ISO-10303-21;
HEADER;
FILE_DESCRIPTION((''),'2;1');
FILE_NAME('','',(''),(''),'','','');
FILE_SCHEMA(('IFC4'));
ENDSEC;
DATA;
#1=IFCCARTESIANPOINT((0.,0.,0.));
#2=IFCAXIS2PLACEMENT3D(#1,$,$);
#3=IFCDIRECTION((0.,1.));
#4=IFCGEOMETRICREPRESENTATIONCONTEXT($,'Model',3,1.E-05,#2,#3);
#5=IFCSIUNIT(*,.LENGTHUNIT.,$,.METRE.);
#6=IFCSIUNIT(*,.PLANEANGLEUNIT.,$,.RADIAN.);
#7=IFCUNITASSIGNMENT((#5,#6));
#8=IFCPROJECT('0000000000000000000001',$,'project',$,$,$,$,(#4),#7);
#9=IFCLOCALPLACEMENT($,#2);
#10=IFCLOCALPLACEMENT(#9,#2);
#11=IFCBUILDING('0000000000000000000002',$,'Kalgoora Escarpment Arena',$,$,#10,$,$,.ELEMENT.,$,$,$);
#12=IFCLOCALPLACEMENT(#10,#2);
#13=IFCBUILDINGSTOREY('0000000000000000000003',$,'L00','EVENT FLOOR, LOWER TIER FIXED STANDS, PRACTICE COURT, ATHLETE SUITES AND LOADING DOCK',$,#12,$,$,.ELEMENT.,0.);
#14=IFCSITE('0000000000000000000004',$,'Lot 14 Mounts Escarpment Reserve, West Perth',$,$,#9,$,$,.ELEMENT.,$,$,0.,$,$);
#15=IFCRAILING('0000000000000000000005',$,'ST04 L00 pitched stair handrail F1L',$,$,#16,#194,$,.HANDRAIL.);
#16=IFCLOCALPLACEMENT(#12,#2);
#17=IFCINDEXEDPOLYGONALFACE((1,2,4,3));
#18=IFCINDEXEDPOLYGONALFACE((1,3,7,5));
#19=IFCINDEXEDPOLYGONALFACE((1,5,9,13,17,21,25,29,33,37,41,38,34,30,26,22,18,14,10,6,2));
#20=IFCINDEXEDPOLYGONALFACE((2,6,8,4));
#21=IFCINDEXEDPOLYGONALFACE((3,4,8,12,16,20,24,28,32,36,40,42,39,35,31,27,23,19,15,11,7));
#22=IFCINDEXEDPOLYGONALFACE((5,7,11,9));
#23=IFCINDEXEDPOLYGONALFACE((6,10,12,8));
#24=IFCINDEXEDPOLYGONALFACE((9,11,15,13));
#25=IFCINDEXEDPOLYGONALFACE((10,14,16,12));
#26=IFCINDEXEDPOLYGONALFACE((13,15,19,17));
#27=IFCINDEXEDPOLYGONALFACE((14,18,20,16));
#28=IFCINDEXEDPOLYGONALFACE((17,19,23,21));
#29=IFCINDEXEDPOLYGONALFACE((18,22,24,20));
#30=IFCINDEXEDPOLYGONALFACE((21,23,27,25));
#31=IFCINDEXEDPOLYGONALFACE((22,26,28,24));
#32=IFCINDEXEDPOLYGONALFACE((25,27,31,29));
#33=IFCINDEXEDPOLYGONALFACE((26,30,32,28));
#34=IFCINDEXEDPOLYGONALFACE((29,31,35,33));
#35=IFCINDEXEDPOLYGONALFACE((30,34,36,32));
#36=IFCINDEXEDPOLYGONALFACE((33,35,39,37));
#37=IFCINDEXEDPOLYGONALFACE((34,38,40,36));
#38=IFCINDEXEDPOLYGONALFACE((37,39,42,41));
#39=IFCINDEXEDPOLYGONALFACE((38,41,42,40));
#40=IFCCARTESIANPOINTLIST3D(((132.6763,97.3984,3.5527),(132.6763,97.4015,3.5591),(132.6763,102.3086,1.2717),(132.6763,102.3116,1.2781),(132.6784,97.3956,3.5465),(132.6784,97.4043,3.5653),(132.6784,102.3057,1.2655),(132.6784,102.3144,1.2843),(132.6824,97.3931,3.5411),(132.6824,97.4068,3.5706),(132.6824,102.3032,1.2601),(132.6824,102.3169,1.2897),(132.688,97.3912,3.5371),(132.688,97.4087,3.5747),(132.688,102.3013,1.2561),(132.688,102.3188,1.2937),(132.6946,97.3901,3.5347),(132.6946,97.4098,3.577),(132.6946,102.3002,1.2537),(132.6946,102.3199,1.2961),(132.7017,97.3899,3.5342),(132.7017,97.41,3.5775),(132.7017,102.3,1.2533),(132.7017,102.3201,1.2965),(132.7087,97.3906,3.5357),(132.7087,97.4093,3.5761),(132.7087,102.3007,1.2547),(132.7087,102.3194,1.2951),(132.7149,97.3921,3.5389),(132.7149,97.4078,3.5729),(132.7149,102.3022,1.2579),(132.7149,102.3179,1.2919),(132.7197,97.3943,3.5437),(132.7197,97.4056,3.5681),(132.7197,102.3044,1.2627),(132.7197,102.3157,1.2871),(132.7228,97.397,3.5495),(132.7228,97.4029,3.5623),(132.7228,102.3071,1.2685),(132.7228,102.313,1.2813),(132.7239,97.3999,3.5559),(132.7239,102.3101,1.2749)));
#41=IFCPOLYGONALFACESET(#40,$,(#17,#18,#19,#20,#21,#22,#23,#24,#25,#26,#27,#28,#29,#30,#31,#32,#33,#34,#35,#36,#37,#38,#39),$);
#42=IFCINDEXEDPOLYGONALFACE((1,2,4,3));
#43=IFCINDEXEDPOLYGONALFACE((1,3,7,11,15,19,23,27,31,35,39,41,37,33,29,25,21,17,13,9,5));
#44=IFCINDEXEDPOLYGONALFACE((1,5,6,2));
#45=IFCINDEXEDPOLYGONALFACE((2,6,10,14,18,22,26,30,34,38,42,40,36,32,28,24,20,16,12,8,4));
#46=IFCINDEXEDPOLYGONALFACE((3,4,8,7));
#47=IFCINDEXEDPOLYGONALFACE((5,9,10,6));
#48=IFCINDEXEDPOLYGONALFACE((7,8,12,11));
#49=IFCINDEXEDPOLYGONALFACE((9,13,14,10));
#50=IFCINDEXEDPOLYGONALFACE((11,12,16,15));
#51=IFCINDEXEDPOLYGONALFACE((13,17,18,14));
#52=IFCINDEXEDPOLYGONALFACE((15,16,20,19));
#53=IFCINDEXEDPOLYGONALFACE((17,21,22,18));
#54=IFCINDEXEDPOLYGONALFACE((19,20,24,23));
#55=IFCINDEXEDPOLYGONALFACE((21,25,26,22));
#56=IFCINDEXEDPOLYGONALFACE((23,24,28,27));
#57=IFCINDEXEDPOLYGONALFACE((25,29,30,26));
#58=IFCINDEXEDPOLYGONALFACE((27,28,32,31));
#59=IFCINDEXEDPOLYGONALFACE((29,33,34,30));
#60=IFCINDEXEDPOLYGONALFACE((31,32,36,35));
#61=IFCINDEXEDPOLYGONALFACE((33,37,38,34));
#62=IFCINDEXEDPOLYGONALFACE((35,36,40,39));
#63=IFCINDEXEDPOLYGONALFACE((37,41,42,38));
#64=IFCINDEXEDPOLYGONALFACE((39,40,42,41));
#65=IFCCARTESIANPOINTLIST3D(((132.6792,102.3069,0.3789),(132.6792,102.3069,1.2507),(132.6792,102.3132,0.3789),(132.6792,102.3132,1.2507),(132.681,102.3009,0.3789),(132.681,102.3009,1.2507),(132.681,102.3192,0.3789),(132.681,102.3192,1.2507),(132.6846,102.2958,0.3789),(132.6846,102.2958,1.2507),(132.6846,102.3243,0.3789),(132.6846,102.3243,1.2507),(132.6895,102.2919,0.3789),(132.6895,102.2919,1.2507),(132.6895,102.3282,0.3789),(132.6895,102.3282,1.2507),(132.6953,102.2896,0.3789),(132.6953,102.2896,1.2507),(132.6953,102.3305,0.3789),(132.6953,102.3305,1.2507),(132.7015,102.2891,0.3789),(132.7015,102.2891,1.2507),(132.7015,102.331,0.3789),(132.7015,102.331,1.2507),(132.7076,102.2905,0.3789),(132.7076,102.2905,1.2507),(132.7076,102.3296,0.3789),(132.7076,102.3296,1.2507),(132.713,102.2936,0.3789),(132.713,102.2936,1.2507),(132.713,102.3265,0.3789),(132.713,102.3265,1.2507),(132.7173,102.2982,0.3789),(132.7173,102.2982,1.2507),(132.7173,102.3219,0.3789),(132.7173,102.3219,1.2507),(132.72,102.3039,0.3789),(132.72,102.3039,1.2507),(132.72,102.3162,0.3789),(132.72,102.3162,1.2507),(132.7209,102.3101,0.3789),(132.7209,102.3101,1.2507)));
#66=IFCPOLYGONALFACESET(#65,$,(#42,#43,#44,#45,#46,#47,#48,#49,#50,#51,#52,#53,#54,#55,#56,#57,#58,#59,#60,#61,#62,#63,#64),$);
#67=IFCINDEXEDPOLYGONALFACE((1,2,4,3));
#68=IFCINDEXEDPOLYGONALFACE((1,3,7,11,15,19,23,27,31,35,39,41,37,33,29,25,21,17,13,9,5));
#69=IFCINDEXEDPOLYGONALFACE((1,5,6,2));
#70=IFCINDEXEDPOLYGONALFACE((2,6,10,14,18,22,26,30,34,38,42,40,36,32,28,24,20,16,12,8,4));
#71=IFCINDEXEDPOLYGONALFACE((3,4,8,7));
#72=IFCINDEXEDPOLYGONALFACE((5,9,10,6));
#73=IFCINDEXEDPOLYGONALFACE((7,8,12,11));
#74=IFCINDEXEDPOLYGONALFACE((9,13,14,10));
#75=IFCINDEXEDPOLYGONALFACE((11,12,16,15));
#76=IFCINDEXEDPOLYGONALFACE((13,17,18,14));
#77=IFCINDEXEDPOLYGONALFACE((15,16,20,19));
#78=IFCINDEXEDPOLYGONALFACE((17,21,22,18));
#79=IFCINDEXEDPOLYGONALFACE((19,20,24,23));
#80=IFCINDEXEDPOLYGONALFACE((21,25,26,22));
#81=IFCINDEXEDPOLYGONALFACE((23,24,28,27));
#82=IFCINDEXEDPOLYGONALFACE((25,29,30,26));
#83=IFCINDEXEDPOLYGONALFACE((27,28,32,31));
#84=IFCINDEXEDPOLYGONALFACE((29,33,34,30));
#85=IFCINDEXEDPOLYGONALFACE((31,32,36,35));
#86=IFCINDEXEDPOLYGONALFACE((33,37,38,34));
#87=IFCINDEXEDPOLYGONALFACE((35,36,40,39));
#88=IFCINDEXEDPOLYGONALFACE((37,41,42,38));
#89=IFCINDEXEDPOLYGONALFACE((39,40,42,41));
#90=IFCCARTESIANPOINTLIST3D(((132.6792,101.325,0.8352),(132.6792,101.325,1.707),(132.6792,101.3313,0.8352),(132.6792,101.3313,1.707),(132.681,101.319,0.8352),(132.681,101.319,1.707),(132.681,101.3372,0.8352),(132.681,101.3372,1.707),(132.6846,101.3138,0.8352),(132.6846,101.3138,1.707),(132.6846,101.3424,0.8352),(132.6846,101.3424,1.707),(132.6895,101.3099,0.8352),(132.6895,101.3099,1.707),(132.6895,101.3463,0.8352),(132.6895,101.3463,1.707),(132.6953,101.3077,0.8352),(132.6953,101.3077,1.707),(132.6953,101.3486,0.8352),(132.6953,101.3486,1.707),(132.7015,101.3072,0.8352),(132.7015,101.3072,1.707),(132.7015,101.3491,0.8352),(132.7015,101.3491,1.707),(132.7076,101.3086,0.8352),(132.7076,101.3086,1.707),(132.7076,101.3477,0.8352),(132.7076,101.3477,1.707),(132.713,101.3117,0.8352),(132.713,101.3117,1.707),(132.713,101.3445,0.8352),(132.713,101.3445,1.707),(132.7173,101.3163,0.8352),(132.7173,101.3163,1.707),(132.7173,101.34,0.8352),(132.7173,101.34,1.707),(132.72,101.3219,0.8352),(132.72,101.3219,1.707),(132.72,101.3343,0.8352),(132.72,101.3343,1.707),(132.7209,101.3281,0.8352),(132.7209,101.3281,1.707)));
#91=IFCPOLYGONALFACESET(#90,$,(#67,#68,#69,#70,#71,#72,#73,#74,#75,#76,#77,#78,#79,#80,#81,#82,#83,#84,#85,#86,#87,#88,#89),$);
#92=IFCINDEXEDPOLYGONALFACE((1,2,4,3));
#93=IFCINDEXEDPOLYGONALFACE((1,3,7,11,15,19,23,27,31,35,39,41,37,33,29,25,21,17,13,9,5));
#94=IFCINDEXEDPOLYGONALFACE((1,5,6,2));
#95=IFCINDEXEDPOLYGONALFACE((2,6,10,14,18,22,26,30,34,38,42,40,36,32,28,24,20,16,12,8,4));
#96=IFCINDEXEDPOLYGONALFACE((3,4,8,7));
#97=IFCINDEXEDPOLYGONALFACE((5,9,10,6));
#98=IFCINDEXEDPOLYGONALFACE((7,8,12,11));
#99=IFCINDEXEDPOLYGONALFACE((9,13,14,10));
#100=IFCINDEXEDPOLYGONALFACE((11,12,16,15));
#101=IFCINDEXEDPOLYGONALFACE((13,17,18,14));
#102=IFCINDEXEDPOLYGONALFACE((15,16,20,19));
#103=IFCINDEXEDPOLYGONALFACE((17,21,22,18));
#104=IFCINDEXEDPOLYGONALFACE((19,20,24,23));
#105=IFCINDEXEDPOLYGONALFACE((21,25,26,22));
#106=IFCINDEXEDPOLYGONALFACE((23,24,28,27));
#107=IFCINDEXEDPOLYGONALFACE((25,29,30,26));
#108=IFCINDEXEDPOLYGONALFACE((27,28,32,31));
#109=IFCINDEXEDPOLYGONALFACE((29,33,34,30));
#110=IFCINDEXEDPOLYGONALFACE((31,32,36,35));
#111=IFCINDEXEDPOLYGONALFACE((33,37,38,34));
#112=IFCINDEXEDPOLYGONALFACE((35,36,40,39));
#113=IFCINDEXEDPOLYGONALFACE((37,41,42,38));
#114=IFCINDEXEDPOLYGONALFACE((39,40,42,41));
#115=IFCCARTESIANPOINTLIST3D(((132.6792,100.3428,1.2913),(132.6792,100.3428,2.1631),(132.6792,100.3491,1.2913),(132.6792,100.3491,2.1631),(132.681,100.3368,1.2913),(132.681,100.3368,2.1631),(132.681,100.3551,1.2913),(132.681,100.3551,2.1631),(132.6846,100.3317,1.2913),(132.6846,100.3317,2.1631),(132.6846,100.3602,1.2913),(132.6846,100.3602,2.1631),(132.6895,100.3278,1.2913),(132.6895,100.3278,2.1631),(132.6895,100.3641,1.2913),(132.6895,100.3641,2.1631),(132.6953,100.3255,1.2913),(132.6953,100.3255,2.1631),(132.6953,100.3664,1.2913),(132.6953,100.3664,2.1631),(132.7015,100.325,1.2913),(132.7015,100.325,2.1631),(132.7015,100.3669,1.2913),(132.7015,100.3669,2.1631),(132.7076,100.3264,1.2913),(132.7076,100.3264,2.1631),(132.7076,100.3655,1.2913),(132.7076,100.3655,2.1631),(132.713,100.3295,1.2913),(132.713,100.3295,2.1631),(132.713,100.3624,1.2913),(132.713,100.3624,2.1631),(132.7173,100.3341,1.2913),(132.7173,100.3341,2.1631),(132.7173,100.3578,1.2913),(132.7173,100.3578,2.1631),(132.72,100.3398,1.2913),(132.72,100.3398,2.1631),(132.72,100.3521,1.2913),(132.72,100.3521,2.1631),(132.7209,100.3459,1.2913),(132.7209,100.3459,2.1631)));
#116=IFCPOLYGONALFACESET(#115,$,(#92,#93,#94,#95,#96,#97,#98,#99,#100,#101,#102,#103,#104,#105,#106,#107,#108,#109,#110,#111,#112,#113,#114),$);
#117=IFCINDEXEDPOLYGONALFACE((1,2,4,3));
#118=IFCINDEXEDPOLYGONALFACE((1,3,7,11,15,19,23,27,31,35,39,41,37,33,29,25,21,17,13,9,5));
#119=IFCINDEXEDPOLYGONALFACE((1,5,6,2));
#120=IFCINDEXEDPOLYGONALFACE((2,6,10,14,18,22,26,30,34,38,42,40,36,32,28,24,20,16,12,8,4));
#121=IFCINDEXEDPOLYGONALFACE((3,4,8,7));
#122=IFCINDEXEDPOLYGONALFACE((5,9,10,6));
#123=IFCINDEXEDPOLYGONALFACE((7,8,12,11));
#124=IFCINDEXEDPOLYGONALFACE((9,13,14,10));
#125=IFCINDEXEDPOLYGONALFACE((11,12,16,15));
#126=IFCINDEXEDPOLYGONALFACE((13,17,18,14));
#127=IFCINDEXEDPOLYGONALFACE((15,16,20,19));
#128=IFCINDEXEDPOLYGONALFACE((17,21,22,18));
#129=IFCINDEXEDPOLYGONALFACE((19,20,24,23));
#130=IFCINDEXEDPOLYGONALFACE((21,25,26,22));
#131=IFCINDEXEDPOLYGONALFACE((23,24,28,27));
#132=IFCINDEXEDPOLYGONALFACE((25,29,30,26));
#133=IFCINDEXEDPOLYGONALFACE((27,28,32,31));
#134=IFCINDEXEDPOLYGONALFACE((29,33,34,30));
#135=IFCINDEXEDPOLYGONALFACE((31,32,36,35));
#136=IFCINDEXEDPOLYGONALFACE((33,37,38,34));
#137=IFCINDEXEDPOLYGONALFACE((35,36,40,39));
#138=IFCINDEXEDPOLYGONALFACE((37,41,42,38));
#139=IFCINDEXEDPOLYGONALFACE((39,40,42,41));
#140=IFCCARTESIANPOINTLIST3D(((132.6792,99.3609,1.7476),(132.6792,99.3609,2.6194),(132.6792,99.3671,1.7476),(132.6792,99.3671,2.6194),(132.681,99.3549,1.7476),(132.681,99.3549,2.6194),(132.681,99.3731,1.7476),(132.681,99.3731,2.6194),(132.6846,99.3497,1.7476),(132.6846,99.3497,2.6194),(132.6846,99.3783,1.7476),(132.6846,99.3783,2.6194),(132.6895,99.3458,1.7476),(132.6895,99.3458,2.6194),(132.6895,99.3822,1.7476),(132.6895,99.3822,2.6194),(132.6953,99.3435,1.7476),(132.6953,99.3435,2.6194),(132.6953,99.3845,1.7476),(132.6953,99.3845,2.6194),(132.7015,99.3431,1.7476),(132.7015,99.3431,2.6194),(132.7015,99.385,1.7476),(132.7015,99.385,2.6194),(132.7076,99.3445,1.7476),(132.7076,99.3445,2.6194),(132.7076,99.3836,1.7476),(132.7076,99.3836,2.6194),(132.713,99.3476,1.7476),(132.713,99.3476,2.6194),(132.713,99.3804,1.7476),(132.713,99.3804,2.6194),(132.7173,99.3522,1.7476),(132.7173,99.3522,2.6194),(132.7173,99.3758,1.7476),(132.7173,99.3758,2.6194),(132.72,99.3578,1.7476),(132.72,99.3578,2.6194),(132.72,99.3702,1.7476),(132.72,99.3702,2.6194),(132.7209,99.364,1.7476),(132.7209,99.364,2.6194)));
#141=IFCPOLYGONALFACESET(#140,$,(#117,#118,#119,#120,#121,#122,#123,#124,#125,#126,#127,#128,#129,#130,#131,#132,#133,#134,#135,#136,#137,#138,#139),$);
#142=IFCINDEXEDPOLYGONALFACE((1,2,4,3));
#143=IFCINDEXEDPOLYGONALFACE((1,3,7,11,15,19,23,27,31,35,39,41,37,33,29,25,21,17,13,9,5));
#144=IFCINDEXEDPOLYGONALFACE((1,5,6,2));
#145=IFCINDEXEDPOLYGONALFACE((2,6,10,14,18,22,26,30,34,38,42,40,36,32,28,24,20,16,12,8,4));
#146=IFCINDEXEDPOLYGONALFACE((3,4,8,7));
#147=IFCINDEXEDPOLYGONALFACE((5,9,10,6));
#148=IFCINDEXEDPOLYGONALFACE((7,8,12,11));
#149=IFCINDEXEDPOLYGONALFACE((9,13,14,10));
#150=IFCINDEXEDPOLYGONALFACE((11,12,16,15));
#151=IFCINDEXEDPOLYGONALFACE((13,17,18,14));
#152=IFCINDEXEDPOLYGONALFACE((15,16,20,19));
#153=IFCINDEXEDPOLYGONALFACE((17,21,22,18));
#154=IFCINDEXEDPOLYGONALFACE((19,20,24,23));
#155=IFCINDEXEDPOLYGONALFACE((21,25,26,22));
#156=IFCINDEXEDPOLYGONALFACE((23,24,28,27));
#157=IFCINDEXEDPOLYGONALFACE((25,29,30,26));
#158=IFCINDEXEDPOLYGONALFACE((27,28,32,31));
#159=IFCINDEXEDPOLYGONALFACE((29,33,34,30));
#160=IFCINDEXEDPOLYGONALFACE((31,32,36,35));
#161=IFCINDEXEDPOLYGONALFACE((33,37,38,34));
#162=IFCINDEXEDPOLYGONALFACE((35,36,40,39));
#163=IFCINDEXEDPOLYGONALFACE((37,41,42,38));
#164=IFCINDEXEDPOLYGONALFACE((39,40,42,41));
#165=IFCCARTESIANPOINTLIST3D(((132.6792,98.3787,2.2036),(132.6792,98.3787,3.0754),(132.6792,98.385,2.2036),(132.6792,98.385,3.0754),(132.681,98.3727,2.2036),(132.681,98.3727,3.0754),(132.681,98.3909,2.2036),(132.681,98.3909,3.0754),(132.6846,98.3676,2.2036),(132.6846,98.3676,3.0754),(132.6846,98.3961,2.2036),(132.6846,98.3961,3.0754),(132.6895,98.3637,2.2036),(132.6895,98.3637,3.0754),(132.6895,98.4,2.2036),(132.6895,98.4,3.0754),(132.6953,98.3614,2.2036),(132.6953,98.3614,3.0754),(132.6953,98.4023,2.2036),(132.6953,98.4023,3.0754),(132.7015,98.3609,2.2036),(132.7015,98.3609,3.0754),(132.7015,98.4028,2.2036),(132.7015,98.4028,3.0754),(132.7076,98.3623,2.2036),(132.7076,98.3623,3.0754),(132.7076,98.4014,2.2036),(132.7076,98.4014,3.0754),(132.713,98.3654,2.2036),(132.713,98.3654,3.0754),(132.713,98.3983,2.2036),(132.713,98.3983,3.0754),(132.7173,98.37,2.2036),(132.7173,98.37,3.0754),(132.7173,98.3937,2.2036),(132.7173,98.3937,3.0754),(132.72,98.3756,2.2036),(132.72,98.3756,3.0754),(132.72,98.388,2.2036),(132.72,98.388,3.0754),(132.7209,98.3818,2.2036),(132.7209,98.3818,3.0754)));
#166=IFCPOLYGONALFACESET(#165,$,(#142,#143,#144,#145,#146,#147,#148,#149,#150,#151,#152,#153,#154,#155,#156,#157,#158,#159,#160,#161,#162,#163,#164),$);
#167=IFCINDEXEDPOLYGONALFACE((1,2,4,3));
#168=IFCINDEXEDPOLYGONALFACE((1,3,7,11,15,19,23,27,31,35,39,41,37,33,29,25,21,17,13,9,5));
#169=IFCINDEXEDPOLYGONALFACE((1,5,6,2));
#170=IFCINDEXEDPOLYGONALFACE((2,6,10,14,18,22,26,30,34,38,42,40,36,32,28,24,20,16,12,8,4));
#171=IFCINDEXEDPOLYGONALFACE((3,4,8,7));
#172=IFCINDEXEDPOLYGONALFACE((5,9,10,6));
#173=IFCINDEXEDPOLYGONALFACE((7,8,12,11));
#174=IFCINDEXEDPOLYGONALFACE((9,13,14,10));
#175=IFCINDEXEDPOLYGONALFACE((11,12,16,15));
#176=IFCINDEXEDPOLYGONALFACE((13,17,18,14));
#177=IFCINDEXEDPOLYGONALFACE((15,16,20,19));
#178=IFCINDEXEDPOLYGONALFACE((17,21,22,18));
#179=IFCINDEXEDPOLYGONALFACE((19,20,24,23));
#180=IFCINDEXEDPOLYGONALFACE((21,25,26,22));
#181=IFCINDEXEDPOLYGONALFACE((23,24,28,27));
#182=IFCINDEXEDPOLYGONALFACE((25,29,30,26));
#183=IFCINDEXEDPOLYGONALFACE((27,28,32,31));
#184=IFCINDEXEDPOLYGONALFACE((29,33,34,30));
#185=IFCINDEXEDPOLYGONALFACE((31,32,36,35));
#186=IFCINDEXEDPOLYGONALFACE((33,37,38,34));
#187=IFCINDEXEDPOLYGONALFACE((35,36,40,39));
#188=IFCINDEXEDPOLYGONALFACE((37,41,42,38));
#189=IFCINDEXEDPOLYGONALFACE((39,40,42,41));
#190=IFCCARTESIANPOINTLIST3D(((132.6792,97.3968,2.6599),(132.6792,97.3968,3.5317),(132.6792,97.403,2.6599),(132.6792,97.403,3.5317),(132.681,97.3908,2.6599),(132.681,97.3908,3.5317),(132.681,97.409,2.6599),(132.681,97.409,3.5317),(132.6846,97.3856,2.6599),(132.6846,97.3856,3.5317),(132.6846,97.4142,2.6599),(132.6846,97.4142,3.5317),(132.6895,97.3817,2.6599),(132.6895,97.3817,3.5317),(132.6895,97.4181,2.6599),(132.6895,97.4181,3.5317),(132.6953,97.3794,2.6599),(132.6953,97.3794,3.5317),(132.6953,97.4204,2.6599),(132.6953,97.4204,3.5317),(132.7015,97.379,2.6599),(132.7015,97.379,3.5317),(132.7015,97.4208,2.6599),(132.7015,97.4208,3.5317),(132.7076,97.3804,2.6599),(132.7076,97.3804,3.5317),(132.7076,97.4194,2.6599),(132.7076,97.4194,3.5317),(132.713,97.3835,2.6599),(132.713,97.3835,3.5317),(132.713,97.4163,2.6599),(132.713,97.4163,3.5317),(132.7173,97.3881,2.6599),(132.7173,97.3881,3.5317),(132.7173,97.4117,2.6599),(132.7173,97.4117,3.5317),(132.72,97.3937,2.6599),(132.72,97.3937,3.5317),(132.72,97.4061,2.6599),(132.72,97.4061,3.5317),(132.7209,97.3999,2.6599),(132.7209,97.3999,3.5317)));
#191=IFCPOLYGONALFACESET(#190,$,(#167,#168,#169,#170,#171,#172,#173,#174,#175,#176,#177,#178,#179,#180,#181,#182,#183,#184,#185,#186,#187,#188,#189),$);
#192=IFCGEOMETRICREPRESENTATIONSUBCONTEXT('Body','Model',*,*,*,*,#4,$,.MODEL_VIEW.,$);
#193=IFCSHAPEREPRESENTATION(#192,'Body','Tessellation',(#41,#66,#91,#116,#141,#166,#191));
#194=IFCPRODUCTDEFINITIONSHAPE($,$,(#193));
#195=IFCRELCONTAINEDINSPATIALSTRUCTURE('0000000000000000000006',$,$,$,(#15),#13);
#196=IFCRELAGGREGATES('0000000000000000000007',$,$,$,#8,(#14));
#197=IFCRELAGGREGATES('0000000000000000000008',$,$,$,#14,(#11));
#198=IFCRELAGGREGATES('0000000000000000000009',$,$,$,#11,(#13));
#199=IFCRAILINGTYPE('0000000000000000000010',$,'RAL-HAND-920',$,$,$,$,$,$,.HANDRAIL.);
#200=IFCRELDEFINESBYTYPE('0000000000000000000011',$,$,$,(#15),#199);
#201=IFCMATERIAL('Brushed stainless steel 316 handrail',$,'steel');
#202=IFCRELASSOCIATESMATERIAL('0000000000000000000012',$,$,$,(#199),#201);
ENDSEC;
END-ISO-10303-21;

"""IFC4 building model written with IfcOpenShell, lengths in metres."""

from ifc_helpers import new_model, si_unit, direction, frame, origin, origin_2d, place, context, subcontext, project, spatial, circle, extrude, material, type_object, element, save


model = new_model("IFC4")

# Units and contexts
model_context = context("Model", 3, precision=1e-05, world=origin(), true_north=direction((0.0, 1.0)))
body_context = subcontext(model_context, "Body", "Model", "MODEL_VIEW")
ifc_project = project(units=[si_unit("LENGTHUNIT", "METRE"), si_unit("PLANEANGLEUNIT", "RADIAN")], contexts=[model_context])

# Site, building, storey
site_placement = place(None, origin())
site = spatial("IfcSite", under=ifc_project, at=site_placement, Name="Lot 14 Mounts Escarpment Reserve, West Perth", CompositionType="ELEMENT", RefElevation=0.0)
building_placement = place(site_placement, origin())
building = spatial("IfcBuilding", under=site, at=building_placement, Name="Kalgoora Escarpment Arena", CompositionType="ELEMENT")
storey_placement = place(building_placement, origin())
storey = spatial("IfcBuildingStorey", under=building, at=storey_placement, Name="L00", Description="EVENT FLOOR, LOWER TIER FIXED STANDS, PRACTICE COURT, ATHLETE SUITES AND LOADING DOCK", CompositionType="ELEMENT", Elevation=0.0)

# Railing
ifc_material_1 = material(Name="Brushed stainless steel 316 handrail", Category="steel")
railing_type_1 = type_object("IfcRailingType", Name="RAL-HAND-920", PredefinedType="HANDRAIL", material=ifc_material_1)
for number, where, name in (
    (1, (132.7, 102.3101, 0.3789), "ST04 L00 pitched stair handrail F1L"),
):
    element("IfcRailing", number, at=place(storey_placement, frame(where)), inside=storey, type_object=railing_type_1, Name=name, PredefinedType="HANDRAIL", context=body_context, shape_type="SweptSolid", body=[
        extrude(circle(Radius=0.0239, at=origin_2d()), frame((0.0, 0.0, 0.896), z_axis=(0.0, -0.906918, 0.421307), x_axis=(1.0, 0.0, 0.0)), (0.0, 0.0, 1.0), 5.4141),
        extrude(circle(Radius=0.021, at=origin_2d()), origin(), (0.0, 0.0, 1.0), 0.8718),
        extrude(circle(Radius=0.021, at=origin_2d()), frame((0.0, -0.9819, 0.4563)), (0.0, 0.0, 1.0), 0.8718),
        extrude(circle(Radius=0.021, at=origin_2d()), frame((0.0, -1.9641, 0.9124)), (0.0, 0.0, 1.0), 0.8718),
        extrude(circle(Radius=0.021, at=origin_2d()), frame((0.0, -2.946, 1.3687)), (0.0, 0.0, 1.0), 0.8718),
        extrude(circle(Radius=0.021, at=origin_2d()), frame((0.0, -3.9282, 1.8247)), (0.0, 0.0, 1.0), 0.8718),
        extrude(circle(Radius=0.021, at=origin_2d()), frame((0.0, -4.9102, 2.281)), (0.0, 0.0, 1.0), 0.8718),
    ])

save(model, "model.ifc")
